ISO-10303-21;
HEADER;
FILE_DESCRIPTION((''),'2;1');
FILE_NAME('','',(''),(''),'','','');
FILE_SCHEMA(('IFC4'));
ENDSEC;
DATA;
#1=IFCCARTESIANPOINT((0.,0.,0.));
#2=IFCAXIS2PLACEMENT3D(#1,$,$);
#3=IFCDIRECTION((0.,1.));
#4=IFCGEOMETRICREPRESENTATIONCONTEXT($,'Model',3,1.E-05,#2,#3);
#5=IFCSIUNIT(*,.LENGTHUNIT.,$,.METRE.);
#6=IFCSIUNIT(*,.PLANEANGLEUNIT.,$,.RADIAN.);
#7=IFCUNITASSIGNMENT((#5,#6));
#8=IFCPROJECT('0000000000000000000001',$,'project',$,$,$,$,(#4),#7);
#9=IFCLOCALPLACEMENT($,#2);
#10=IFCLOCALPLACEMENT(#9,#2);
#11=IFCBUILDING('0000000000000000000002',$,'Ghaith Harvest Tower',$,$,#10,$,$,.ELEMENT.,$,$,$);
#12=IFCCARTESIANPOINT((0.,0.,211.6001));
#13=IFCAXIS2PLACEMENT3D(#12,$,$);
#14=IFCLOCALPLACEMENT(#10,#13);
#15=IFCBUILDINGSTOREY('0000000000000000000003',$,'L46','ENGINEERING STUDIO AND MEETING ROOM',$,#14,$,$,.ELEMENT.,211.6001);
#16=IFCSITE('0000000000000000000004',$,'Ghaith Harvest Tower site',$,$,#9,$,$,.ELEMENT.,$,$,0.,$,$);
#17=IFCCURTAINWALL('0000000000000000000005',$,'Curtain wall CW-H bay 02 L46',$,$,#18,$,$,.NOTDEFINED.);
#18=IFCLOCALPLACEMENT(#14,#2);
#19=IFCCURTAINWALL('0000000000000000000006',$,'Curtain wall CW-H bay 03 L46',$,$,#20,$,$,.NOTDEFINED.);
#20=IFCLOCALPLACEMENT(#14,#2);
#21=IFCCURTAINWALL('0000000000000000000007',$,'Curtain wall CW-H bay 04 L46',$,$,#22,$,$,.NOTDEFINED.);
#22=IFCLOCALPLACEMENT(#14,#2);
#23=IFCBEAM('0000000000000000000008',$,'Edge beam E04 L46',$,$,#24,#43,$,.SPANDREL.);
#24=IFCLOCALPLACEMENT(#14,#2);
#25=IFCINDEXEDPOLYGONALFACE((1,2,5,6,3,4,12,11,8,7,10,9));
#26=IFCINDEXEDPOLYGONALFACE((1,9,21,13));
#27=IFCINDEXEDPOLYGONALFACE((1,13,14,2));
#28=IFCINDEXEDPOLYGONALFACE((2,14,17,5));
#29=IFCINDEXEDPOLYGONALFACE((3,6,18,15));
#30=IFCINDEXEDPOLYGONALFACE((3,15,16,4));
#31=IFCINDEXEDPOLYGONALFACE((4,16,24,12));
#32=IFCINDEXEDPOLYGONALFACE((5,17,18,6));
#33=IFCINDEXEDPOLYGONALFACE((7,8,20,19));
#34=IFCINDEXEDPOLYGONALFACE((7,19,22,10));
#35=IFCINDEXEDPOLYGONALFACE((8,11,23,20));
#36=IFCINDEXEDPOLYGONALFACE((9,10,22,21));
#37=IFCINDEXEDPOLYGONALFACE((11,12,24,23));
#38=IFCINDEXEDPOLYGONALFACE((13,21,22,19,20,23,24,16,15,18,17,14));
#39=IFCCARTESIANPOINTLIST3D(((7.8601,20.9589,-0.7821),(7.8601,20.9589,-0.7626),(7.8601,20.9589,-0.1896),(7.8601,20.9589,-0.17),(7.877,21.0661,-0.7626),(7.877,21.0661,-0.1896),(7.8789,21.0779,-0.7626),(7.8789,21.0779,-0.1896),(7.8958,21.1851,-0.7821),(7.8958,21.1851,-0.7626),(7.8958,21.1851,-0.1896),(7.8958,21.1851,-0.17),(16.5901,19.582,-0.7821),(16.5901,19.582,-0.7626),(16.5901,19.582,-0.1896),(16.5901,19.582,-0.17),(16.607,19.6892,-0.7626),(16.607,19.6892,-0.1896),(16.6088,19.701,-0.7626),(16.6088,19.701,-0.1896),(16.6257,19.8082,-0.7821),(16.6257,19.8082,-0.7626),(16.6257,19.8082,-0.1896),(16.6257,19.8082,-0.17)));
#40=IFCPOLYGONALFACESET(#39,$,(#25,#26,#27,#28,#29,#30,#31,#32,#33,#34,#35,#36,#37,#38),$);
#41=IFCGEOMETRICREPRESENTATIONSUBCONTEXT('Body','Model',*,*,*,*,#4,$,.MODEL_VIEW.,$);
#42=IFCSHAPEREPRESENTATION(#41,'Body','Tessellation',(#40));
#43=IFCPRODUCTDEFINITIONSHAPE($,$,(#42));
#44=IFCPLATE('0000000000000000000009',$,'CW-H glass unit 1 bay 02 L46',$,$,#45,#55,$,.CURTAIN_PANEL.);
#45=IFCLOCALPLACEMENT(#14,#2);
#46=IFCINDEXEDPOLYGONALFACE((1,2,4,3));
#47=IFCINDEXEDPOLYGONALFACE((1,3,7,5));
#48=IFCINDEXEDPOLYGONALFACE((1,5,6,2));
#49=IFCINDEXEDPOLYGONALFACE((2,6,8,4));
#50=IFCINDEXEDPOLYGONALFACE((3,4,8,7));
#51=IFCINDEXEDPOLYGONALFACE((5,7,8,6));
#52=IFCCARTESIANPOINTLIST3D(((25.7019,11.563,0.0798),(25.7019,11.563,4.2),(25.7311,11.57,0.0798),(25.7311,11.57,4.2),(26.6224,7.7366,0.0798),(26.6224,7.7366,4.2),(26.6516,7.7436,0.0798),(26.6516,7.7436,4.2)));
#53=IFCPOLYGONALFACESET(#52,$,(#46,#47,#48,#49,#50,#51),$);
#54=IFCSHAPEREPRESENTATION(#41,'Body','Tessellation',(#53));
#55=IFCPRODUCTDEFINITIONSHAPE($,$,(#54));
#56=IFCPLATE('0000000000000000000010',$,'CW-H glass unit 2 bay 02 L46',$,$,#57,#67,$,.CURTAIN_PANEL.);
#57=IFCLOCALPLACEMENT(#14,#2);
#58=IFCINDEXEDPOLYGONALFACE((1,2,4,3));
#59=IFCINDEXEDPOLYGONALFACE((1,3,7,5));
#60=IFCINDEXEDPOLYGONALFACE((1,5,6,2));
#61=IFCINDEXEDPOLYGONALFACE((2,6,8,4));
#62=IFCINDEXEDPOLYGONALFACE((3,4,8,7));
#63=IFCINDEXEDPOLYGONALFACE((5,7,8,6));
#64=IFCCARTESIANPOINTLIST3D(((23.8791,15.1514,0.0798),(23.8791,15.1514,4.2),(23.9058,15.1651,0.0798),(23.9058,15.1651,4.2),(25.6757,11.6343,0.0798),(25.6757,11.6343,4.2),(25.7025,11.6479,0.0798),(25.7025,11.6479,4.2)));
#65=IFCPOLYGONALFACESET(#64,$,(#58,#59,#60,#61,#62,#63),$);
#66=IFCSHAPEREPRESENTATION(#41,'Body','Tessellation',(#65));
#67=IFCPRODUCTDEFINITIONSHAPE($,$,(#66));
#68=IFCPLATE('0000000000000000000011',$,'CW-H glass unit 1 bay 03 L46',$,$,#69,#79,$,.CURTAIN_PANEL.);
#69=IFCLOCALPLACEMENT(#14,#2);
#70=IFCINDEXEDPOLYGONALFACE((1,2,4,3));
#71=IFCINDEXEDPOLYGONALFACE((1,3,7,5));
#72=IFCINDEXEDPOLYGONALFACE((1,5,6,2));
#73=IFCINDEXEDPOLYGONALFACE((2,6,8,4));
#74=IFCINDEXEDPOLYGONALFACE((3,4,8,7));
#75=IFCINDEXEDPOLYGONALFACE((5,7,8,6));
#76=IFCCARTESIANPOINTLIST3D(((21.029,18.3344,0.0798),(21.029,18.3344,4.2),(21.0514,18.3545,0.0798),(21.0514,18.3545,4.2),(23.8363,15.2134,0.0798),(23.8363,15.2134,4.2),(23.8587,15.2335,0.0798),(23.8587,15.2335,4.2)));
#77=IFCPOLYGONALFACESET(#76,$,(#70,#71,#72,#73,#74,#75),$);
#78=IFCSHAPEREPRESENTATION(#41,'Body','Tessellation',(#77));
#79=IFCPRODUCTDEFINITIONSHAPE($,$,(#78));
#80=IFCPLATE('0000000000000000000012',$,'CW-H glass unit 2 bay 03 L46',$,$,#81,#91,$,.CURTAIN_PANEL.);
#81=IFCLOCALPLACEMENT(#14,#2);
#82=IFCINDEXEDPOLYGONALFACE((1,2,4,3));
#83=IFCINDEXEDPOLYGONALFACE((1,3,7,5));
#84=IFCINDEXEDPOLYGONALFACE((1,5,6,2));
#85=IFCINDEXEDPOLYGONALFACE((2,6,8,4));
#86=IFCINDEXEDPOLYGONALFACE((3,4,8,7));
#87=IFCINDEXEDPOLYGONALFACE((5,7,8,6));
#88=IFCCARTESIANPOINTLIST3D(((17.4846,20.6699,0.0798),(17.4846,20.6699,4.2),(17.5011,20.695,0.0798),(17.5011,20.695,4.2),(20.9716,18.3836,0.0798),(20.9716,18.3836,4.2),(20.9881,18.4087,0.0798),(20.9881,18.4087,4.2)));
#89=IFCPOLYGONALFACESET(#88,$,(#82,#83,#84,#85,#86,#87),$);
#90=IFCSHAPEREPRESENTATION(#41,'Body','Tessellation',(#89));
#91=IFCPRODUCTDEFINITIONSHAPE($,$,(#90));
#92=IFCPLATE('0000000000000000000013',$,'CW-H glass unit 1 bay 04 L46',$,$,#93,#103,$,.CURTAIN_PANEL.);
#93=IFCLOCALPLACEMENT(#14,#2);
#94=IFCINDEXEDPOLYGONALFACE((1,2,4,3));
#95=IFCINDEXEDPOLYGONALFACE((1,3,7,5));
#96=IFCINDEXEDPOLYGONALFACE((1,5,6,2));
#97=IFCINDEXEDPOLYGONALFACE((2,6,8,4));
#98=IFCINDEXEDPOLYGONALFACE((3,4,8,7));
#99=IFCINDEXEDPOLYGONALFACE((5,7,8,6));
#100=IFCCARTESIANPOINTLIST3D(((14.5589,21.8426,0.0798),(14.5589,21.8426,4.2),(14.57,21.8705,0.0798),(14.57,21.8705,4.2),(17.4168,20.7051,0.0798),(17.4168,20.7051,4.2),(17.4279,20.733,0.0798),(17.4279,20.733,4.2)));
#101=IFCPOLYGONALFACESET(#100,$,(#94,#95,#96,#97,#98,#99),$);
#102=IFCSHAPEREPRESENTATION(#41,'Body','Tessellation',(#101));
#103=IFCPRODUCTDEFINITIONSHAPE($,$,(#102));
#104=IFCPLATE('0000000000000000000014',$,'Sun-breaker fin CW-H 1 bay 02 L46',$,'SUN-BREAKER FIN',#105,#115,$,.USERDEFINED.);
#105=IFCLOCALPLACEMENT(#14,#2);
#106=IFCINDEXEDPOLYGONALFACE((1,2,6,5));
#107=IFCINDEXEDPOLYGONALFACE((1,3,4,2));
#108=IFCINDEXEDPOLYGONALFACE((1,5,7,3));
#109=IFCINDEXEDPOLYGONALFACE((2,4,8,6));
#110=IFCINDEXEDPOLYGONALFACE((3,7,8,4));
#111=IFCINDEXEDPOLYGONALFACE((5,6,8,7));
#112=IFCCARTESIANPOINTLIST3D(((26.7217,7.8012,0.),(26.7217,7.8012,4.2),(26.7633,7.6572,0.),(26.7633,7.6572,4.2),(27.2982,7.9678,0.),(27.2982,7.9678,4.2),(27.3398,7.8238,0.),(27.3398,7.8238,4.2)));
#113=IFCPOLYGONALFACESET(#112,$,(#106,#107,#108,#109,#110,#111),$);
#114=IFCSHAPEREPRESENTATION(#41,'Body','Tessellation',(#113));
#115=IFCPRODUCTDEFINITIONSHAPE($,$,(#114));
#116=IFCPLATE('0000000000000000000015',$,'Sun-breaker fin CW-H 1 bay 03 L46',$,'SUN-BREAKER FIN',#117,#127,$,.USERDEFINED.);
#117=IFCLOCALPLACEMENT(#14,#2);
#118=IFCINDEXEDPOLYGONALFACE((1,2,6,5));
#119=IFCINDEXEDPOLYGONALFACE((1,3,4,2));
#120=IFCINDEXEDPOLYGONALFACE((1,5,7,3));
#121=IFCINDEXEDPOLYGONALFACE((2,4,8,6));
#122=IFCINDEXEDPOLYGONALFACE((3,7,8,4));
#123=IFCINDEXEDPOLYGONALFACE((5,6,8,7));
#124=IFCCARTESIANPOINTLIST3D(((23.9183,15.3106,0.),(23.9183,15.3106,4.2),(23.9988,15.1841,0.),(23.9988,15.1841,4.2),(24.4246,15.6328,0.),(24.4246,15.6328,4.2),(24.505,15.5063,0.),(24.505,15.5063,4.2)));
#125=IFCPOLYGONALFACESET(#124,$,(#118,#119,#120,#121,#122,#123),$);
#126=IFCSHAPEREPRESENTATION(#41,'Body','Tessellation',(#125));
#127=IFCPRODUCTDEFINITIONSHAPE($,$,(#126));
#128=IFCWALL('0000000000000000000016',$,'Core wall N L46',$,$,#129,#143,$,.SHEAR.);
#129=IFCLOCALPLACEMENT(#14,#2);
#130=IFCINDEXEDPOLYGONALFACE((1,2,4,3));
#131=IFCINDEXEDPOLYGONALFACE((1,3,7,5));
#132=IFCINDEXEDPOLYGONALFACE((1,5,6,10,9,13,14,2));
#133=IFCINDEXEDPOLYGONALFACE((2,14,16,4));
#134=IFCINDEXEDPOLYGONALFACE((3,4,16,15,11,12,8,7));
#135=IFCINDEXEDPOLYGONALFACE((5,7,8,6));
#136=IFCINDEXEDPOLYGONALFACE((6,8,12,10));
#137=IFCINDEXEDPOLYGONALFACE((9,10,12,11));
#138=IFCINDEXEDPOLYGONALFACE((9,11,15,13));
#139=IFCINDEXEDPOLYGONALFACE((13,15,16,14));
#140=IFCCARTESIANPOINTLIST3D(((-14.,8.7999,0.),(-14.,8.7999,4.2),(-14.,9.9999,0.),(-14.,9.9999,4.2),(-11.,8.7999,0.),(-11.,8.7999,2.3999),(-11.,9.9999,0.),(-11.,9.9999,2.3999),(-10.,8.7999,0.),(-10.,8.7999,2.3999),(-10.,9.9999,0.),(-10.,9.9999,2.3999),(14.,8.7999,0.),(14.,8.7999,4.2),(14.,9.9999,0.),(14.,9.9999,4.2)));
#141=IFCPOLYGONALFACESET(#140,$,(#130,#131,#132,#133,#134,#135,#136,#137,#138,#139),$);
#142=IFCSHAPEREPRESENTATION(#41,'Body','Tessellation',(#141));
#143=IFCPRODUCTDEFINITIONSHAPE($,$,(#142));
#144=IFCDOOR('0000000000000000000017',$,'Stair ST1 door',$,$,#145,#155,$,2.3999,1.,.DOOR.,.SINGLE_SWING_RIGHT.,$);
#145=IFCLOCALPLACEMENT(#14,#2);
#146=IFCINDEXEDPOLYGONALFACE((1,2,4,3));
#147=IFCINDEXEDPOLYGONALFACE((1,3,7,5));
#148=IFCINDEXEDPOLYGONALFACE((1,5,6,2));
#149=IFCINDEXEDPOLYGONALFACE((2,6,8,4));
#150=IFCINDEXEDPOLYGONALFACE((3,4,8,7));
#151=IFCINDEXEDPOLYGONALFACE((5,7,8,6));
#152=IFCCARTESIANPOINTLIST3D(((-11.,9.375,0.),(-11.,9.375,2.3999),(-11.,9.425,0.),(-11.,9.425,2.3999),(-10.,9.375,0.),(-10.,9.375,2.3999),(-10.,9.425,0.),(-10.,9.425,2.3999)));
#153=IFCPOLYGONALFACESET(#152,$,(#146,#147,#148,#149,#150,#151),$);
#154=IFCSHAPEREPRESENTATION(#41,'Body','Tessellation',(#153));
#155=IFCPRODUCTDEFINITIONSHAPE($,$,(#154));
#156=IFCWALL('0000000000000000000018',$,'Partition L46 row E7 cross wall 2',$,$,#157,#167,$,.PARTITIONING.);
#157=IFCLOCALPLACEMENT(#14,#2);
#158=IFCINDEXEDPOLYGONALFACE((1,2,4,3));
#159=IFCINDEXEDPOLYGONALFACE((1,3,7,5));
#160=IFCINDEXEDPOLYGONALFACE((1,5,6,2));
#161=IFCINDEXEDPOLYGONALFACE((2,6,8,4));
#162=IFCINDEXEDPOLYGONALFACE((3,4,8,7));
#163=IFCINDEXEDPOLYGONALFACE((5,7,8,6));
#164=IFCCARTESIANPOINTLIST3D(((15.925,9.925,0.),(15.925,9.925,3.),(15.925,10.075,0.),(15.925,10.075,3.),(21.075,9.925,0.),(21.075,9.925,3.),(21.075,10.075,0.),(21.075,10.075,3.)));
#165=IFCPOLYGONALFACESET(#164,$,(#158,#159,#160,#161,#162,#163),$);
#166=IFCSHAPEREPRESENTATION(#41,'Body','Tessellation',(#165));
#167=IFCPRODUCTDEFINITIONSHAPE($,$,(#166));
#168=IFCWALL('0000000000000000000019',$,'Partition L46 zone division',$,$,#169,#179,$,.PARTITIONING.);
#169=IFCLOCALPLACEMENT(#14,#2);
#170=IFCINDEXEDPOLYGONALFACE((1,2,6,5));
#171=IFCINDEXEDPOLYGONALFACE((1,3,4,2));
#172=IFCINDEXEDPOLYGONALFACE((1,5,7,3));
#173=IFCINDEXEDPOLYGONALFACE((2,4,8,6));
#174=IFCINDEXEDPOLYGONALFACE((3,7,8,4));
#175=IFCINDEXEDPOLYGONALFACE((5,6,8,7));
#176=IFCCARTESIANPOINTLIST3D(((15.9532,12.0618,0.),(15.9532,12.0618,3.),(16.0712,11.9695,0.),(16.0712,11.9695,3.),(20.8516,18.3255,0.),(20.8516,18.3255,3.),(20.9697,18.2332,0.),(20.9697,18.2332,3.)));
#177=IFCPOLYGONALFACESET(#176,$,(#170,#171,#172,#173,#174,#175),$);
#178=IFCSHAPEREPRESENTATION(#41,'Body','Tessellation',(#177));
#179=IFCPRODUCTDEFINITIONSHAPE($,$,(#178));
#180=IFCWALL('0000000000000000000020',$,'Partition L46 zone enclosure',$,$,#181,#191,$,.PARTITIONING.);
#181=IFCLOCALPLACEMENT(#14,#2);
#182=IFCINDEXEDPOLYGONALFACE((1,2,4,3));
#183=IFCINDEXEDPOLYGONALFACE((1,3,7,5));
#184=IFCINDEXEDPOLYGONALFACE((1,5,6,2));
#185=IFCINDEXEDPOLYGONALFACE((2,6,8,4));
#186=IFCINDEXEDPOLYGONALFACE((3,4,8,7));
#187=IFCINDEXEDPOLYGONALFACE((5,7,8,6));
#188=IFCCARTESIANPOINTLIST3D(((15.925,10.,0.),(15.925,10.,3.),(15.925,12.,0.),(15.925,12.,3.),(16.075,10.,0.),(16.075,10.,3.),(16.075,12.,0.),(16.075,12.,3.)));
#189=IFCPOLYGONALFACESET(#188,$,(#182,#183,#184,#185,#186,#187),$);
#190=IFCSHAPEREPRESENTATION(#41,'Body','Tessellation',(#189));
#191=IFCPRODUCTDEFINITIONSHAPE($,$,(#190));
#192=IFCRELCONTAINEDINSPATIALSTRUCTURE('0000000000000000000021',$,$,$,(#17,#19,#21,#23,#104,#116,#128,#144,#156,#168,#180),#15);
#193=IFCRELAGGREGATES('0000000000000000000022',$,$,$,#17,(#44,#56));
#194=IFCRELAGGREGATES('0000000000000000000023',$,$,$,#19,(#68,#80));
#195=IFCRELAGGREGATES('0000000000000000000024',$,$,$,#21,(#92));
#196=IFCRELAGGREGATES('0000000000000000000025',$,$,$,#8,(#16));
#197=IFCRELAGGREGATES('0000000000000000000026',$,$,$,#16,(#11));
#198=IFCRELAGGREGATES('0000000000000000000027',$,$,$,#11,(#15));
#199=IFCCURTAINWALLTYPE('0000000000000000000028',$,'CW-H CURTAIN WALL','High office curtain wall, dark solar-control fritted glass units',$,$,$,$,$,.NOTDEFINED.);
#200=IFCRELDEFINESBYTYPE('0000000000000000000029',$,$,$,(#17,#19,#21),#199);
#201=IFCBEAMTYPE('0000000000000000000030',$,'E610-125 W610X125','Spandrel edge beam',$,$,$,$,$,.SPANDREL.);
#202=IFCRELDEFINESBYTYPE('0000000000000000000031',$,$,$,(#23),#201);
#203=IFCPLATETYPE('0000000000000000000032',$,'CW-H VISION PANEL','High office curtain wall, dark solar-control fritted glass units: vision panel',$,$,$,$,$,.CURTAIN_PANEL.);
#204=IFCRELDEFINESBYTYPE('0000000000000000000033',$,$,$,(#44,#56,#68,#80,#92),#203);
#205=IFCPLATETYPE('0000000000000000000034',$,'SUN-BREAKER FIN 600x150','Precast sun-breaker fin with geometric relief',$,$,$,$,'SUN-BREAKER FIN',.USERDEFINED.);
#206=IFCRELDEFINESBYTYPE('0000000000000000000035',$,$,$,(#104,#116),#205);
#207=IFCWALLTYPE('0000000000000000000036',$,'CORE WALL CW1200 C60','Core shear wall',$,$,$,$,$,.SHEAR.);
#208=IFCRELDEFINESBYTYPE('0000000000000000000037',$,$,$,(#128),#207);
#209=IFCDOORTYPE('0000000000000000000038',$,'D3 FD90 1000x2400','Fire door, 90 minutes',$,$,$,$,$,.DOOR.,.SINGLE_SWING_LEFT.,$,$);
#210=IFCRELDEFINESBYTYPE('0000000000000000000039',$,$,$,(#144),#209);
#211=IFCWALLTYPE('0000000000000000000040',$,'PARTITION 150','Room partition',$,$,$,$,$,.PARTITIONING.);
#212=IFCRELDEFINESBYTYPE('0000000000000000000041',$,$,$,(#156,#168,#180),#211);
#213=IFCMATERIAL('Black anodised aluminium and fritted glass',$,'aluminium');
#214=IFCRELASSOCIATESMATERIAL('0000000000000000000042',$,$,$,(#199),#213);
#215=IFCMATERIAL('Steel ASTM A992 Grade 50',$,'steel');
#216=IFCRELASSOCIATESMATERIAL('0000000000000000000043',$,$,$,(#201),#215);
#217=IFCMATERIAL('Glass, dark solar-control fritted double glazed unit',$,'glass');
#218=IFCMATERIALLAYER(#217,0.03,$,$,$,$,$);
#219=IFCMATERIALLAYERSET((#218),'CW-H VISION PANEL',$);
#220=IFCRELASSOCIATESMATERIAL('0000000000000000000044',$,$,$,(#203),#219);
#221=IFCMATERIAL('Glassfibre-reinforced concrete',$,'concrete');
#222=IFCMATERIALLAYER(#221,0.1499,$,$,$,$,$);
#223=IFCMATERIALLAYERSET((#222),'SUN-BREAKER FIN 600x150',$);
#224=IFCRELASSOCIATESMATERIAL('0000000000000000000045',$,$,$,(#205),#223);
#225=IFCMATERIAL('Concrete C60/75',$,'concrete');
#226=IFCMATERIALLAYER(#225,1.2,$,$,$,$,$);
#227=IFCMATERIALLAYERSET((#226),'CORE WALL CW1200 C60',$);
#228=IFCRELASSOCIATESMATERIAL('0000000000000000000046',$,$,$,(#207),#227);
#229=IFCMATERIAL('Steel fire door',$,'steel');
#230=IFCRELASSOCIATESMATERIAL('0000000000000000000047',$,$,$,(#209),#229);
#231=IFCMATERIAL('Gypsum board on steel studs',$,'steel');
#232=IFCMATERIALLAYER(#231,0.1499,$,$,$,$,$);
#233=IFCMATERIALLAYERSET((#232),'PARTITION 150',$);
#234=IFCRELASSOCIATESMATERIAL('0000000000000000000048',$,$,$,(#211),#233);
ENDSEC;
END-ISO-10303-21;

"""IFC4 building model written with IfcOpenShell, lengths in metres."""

from ifc_helpers import new_model, si_unit, direction, frame, frame_2d, origin, origin_2d, place, context, subcontext, project, spatial, rectangle, i_section, extrude, material, layer, layer_set, material_profile, profile_set, type_object, element, fill, aggregate, save


model = new_model("IFC4")

# Units and contexts
model_context = context("Model", 3, precision=1e-05, world=origin(), true_north=direction((0.0, 1.0)))
body_context = subcontext(model_context, "Body", "Model", "MODEL_VIEW")
ifc_project = project(units=[si_unit("LENGTHUNIT", "METRE"), si_unit("PLANEANGLEUNIT", "RADIAN")], contexts=[model_context])

# Site, building, storey
site_placement = place(None, origin())
site = spatial("IfcSite", under=ifc_project, at=site_placement, Name="Ghaith Harvest Tower site", CompositionType="ELEMENT", RefElevation=0.0)
building_placement = place(site_placement, origin())
building = spatial("IfcBuilding", under=site, at=building_placement, Name="Ghaith Harvest Tower", CompositionType="ELEMENT")
storey_placement = place(building_placement, frame((0.0, 0.0, 211.6001)))
storey = spatial("IfcBuildingStorey", under=building, at=storey_placement, Name="L46", Description="ENGINEERING STUDIO AND MEETING ROOM", CompositionType="ELEMENT", Elevation=211.6001)

# Curtain wall
ifc_material_1 = material(Name="Black anodised aluminium and fritted glass", Category="aluminium")
curtain_wall_type = type_object("IfcCurtainWallType", Name="CW-H CURTAIN WALL", Description="High office curtain wall, dark solar-control fritted glass units", PredefinedType="NOTDEFINED", material=ifc_material_1)
curtain_wall_1_placement = place(storey_placement, origin())
curtain_wall_1 = element("IfcCurtainWall", 1, at=curtain_wall_1_placement, inside=storey, type_object=curtain_wall_type, Name="Curtain wall CW-H bay 02 L46", PredefinedType="NOTDEFINED")

# Curtain walls
curtain_wall_2_placement = place(storey_placement, origin())
curtain_wall_2 = element("IfcCurtainWall", 2, at=curtain_wall_2_placement, inside=storey, type_object=curtain_wall_type, Name="Curtain wall CW-H bay 03 L46", PredefinedType="NOTDEFINED")
curtain_wall_3_placement = place(storey_placement, origin())
curtain_wall_3 = element("IfcCurtainWall", 3, at=curtain_wall_3_placement, inside=storey, type_object=curtain_wall_type, Name="Curtain wall CW-H bay 04 L46", PredefinedType="NOTDEFINED")

# Beam
ifc_material_2 = material(Name="Steel ASTM A992 Grade 50", Category="steel")
ifc_material_profile_1 = material_profile(ifc_material_2, i_section(OverallWidth=0.229, OverallDepth=0.6121, WebThickness=0.012, FlangeThickness=0.0195, at=origin_2d()), Name="W610X125")
ifc_profile_set_1 = profile_set([ifc_material_profile_1], Name="Steel ASTM A992 Grade 50")
beam_type = type_object("IfcBeamType", Name="E610-125 W610X125", Description="Spandrel edge beam", PredefinedType="SPANDREL", material=ifc_profile_set_1)
beam_1_placement = place(storey_placement, frame((16.6079, 19.6951, -0.4761), z_axis=(-0.987788, 0.155801, 0.0), x_axis=(-0.155801, -0.987788, 0.0)))
element("IfcBeam", 4, at=beam_1_placement, inside=storey, type_object=beam_type, Name="Edge beam E04 L46", PredefinedType="SPANDREL", context=body_context, shape_type="SweptSolid", body=[
    extrude(i_section(OverallWidth=0.229, OverallDepth=0.6121, WebThickness=0.012, FlangeThickness=0.0195, at=origin_2d()), origin(), (0.0, 0.0, 1.0), 8.8379),
])

# Plates
ifc_material_3 = material(Name="Glass, dark solar-control fritted double glazed unit", Category="glass")
ifc_layer_1 = layer(ifc_material_3, 0.03)
ifc_layer_set_1 = layer_set([ifc_layer_1], Name="CW-H VISION PANEL")
plate_type_1 = type_object("IfcPlateType", Name="CW-H VISION PANEL", Description="High office curtain wall, dark solar-control fritted glass units: vision panel", PredefinedType="CURTAIN_PANEL", material=ifc_layer_set_1)
plate_1_placement = place(storey_placement, frame((26.1768, 9.6533, 0.0798), z_axis=(0.0, 0.0, 1.0), x_axis=(-0.233894, 0.972262, 0.0)))
plate_1 = element("IfcPlate", 5, at=plate_1_placement, type_object=plate_type_1, Name="CW-H glass unit 1 bay 02 L46", PredefinedType="CURTAIN_PANEL", context=body_context, shape_type="SweptSolid", body=[
    extrude(rectangle(XDim=3.9355, YDim=0.03, at=origin_2d()), origin(), (0.0, 0.0, 1.0), 4.1201),
])
plate_2_placement = place(storey_placement, frame((24.7908, 13.3997, 0.0798), z_axis=(0.0, 0.0, 1.0), x_axis=(-0.454915, 0.890535, 0.0)))
plate_2 = element("IfcPlate", 6, at=plate_2_placement, type_object=plate_type_1, Name="CW-H glass unit 2 bay 02 L46", PredefinedType="CURTAIN_PANEL", context=body_context, shape_type="SweptSolid", body=[
    extrude(rectangle(XDim=3.9495, YDim=0.03, at=origin_2d()), origin(), (0.0, 0.0, 1.0), 4.1201),
])
aggregate(curtain_wall_1, [plate_1, plate_2])
plate_3_placement = place(storey_placement, frame((22.4438, 16.7839, 0.0798), z_axis=(0.0, 0.0, 1.0), x_axis=(-0.668758, 0.74348, 0.0)))
plate_3 = element("IfcPlate", 7, at=plate_3_placement, type_object=plate_type_1, Name="CW-H glass unit 1 bay 03 L46", PredefinedType="CURTAIN_PANEL", context=body_context, shape_type="SweptSolid", body=[
    extrude(rectangle(XDim=4.1978, YDim=0.03, at=origin_2d()), origin(), (0.0, 0.0, 1.0), 4.1201),
])
plate_4_placement = place(storey_placement, frame((19.2363, 19.5393, 0.0798), z_axis=(0.0, 0.0, 1.0), x_axis=(-0.836277, 0.548308, 0.0)))
plate_4 = element("IfcPlate", 8, at=plate_4_placement, type_object=plate_type_1, Name="CW-H glass unit 2 bay 03 L46", PredefinedType="CURTAIN_PANEL", context=body_context, shape_type="SweptSolid", body=[
    extrude(rectangle(XDim=4.1697, YDim=0.03, at=origin_2d()), origin(), (0.0, 0.0, 1.0), 4.1201),
])
aggregate(curtain_wall_2, [plate_3, plate_4])
plate_5_placement = place(storey_placement, frame((15.9934, 21.2878, 0.0798), z_axis=(0.0, 0.0, 1.0), x_axis=(-0.929107, 0.36981, 0.0)))
plate_5 = element("IfcPlate", 9, at=plate_5_placement, type_object=plate_type_1, Name="CW-H glass unit 1 bay 04 L46", PredefinedType="CURTAIN_PANEL", context=body_context, shape_type="SweptSolid", body=[
    extrude(rectangle(XDim=3.0759, YDim=0.03, at=origin_2d()), origin(), (0.0, 0.0, 1.0), 4.1201),
])
aggregate(curtain_wall_3, [plate_5])

# Plates
ifc_material_4 = material(Name="Glassfibre-reinforced concrete", Category="concrete")
ifc_layer_2 = layer(ifc_material_4, 0.1499)
ifc_layer_set_2 = layer_set([ifc_layer_2], Name="SUN-BREAKER FIN 600x150")
plate_type_2 = type_object("IfcPlateType", Name="SUN-BREAKER FIN 600x150", Description="Precast sun-breaker fin with geometric relief", ElementType="SUN-BREAKER FIN", PredefinedType="USERDEFINED", material=ifc_layer_set_2)
for number, where, z_axis, x_axis, name in (
    (10, (27.0308, 7.8125, 0.0), (0.0, 0.0, 1.0), (0.96068, 0.277657, 0.0), "Sun-breaker fin CW-H 1 bay 02 L46"),
    (11, (24.2117, 15.4084, 0.0), (0.0, 0.0, 1.0), (0.843644, 0.536903, 0.0), "Sun-breaker fin CW-H 1 bay 03 L46"),
):
    element("IfcPlate", number, at=place(storey_placement, frame(where, z_axis=z_axis, x_axis=x_axis)), inside=storey, type_object=plate_type_2, Name=name, ObjectType="SUN-BREAKER FIN", PredefinedType="USERDEFINED", context=body_context, shape_type="SweptSolid", body=[
        extrude(rectangle(XDim=0.6001, YDim=0.1499, at=origin_2d()), origin(), (0.0, 0.0, 1.0), 4.2),
    ])

# Wall, opening, door
ifc_material_5 = material(Name="Concrete C60/75", Category="concrete")
ifc_layer_3 = layer(ifc_material_5, 1.2)
ifc_layer_set_3 = layer_set([ifc_layer_3], Name="CORE WALL CW1200 C60")
wall_type_1 = type_object("IfcWallType", Name="CORE WALL CW1200 C60", Description="Core shear wall", PredefinedType="SHEAR", material=ifc_layer_set_3)
wall_1_placement = place(storey_placement, frame((14.0, 9.3999, 0.0), z_axis=(0.0, 0.0, 1.0), x_axis=(-1.0, 0.0, 0.0)))
wall_1 = element("IfcWall", 12, at=wall_1_placement, inside=storey, type_object=wall_type_1, Name="Core wall N L46", PredefinedType="SHEAR", context=body_context, shape_type="SweptSolid", body=[
    extrude(rectangle(XDim=28.0, YDim=1.2, at=frame_2d((14.0, 0.0))), origin(), (0.0, 0.0, 1.0), 4.2),
])
opening_placement = place(wall_1_placement, frame((24.0, 0.0, 0.0)))
opening = element("IfcOpeningElement", 13, at=opening_placement, cuts=wall_1, PredefinedType="OPENING", context=body_context, shape_type="SweptSolid", body=[
    extrude(rectangle(XDim=1.0, YDim=2.3999, at=frame_2d((0.5, 1.2))), frame((0.0, 0.6099, 0.0), z_axis=(0.0, -1.0, 0.0), x_axis=(1.0, 0.0, 0.0)), (0.0, 0.0, 1.0), 1.22),
])
ifc_material_6 = material(Name="Steel fire door", Category="steel")
door_type = type_object("IfcDoorType", Name="D3 FD90 1000x2400", Description="Fire door, 90 minutes", OperationType="SINGLE_SWING_LEFT", PredefinedType="DOOR", material=ifc_material_6)
door_placement = place(opening_placement, origin())
door = element("IfcDoor", 14, at=door_placement, inside=storey, type_object=door_type, Name="Stair ST1 door", OperationType="SINGLE_SWING_RIGHT", OverallHeight=2.3999, OverallWidth=1.0, PredefinedType="DOOR", context=body_context, shape_type="SweptSolid", body=[
    extrude(rectangle(XDim=1.0, YDim=2.3999, at=frame_2d((0.5, 1.2))), frame((0.0, 0.0249, 0.0), z_axis=(0.0, -1.0, 0.0), x_axis=(1.0, 0.0, 0.0)), (0.0, 0.0, 1.0), 0.05),
])
fill(opening, door)

# Walls
ifc_material_7 = material(Name="Gypsum board on steel studs", Category="steel")
ifc_layer_4 = layer(ifc_material_7, 0.1499)
ifc_layer_set_4 = layer_set([ifc_layer_4], Name="PARTITION 150")
wall_type_2 = type_object("IfcWallType", Name="PARTITION 150", Description="Room partition", PredefinedType="PARTITIONING", material=ifc_layer_set_4)
wall_2_placement = place(storey_placement, frame((15.925, 10.0, 0.0), z_axis=(0.0, 0.0, 1.0), x_axis=(1.0, 0.0, 0.0)))
element("IfcWall", 15, at=wall_2_placement, inside=storey, type_object=wall_type_2, Name="Partition L46 row E7 cross wall 2", PredefinedType="PARTITIONING", context=body_context, shape_type="SweptSolid", body=[
    extrude(rectangle(XDim=5.1499, YDim=0.1499, at=frame_2d((2.575, 0.0))), origin(), (0.0, 0.0, 1.0), 3.0),
])
wall_3_placement = place(storey_placement, frame((16.0122, 12.0156, 0.0), z_axis=(0.0, 0.0, 1.0), x_axis=(0.61603, 0.787723, 0.0)))
element("IfcWall", 16, at=wall_3_placement, inside=storey, type_object=wall_type_2, Name="Partition L46 zone division", PredefinedType="PARTITIONING", context=body_context, shape_type="SweptSolid", body=[
    extrude(rectangle(XDim=7.9517, YDim=0.1499, at=frame_2d((3.9758, 0.0))), origin(), (0.0, 0.0, 1.0), 3.0),
])
wall_4_placement = place(storey_placement, frame((16.0, 10.0, 0.0), z_axis=(0.0, 0.0, 1.0), x_axis=(0.0, 1.0, 0.0)))
element("IfcWall", 17, at=wall_4_placement, inside=storey, type_object=wall_type_2, Name="Partition L46 zone enclosure", PredefinedType="PARTITIONING", context=body_context, shape_type="SweptSolid", body=[
    extrude(rectangle(XDim=2.0, YDim=0.1499, at=frame_2d((1.0, 0.0))), origin(), (0.0, 0.0, 1.0), 3.0),
])

save(model, "model.ifc")
